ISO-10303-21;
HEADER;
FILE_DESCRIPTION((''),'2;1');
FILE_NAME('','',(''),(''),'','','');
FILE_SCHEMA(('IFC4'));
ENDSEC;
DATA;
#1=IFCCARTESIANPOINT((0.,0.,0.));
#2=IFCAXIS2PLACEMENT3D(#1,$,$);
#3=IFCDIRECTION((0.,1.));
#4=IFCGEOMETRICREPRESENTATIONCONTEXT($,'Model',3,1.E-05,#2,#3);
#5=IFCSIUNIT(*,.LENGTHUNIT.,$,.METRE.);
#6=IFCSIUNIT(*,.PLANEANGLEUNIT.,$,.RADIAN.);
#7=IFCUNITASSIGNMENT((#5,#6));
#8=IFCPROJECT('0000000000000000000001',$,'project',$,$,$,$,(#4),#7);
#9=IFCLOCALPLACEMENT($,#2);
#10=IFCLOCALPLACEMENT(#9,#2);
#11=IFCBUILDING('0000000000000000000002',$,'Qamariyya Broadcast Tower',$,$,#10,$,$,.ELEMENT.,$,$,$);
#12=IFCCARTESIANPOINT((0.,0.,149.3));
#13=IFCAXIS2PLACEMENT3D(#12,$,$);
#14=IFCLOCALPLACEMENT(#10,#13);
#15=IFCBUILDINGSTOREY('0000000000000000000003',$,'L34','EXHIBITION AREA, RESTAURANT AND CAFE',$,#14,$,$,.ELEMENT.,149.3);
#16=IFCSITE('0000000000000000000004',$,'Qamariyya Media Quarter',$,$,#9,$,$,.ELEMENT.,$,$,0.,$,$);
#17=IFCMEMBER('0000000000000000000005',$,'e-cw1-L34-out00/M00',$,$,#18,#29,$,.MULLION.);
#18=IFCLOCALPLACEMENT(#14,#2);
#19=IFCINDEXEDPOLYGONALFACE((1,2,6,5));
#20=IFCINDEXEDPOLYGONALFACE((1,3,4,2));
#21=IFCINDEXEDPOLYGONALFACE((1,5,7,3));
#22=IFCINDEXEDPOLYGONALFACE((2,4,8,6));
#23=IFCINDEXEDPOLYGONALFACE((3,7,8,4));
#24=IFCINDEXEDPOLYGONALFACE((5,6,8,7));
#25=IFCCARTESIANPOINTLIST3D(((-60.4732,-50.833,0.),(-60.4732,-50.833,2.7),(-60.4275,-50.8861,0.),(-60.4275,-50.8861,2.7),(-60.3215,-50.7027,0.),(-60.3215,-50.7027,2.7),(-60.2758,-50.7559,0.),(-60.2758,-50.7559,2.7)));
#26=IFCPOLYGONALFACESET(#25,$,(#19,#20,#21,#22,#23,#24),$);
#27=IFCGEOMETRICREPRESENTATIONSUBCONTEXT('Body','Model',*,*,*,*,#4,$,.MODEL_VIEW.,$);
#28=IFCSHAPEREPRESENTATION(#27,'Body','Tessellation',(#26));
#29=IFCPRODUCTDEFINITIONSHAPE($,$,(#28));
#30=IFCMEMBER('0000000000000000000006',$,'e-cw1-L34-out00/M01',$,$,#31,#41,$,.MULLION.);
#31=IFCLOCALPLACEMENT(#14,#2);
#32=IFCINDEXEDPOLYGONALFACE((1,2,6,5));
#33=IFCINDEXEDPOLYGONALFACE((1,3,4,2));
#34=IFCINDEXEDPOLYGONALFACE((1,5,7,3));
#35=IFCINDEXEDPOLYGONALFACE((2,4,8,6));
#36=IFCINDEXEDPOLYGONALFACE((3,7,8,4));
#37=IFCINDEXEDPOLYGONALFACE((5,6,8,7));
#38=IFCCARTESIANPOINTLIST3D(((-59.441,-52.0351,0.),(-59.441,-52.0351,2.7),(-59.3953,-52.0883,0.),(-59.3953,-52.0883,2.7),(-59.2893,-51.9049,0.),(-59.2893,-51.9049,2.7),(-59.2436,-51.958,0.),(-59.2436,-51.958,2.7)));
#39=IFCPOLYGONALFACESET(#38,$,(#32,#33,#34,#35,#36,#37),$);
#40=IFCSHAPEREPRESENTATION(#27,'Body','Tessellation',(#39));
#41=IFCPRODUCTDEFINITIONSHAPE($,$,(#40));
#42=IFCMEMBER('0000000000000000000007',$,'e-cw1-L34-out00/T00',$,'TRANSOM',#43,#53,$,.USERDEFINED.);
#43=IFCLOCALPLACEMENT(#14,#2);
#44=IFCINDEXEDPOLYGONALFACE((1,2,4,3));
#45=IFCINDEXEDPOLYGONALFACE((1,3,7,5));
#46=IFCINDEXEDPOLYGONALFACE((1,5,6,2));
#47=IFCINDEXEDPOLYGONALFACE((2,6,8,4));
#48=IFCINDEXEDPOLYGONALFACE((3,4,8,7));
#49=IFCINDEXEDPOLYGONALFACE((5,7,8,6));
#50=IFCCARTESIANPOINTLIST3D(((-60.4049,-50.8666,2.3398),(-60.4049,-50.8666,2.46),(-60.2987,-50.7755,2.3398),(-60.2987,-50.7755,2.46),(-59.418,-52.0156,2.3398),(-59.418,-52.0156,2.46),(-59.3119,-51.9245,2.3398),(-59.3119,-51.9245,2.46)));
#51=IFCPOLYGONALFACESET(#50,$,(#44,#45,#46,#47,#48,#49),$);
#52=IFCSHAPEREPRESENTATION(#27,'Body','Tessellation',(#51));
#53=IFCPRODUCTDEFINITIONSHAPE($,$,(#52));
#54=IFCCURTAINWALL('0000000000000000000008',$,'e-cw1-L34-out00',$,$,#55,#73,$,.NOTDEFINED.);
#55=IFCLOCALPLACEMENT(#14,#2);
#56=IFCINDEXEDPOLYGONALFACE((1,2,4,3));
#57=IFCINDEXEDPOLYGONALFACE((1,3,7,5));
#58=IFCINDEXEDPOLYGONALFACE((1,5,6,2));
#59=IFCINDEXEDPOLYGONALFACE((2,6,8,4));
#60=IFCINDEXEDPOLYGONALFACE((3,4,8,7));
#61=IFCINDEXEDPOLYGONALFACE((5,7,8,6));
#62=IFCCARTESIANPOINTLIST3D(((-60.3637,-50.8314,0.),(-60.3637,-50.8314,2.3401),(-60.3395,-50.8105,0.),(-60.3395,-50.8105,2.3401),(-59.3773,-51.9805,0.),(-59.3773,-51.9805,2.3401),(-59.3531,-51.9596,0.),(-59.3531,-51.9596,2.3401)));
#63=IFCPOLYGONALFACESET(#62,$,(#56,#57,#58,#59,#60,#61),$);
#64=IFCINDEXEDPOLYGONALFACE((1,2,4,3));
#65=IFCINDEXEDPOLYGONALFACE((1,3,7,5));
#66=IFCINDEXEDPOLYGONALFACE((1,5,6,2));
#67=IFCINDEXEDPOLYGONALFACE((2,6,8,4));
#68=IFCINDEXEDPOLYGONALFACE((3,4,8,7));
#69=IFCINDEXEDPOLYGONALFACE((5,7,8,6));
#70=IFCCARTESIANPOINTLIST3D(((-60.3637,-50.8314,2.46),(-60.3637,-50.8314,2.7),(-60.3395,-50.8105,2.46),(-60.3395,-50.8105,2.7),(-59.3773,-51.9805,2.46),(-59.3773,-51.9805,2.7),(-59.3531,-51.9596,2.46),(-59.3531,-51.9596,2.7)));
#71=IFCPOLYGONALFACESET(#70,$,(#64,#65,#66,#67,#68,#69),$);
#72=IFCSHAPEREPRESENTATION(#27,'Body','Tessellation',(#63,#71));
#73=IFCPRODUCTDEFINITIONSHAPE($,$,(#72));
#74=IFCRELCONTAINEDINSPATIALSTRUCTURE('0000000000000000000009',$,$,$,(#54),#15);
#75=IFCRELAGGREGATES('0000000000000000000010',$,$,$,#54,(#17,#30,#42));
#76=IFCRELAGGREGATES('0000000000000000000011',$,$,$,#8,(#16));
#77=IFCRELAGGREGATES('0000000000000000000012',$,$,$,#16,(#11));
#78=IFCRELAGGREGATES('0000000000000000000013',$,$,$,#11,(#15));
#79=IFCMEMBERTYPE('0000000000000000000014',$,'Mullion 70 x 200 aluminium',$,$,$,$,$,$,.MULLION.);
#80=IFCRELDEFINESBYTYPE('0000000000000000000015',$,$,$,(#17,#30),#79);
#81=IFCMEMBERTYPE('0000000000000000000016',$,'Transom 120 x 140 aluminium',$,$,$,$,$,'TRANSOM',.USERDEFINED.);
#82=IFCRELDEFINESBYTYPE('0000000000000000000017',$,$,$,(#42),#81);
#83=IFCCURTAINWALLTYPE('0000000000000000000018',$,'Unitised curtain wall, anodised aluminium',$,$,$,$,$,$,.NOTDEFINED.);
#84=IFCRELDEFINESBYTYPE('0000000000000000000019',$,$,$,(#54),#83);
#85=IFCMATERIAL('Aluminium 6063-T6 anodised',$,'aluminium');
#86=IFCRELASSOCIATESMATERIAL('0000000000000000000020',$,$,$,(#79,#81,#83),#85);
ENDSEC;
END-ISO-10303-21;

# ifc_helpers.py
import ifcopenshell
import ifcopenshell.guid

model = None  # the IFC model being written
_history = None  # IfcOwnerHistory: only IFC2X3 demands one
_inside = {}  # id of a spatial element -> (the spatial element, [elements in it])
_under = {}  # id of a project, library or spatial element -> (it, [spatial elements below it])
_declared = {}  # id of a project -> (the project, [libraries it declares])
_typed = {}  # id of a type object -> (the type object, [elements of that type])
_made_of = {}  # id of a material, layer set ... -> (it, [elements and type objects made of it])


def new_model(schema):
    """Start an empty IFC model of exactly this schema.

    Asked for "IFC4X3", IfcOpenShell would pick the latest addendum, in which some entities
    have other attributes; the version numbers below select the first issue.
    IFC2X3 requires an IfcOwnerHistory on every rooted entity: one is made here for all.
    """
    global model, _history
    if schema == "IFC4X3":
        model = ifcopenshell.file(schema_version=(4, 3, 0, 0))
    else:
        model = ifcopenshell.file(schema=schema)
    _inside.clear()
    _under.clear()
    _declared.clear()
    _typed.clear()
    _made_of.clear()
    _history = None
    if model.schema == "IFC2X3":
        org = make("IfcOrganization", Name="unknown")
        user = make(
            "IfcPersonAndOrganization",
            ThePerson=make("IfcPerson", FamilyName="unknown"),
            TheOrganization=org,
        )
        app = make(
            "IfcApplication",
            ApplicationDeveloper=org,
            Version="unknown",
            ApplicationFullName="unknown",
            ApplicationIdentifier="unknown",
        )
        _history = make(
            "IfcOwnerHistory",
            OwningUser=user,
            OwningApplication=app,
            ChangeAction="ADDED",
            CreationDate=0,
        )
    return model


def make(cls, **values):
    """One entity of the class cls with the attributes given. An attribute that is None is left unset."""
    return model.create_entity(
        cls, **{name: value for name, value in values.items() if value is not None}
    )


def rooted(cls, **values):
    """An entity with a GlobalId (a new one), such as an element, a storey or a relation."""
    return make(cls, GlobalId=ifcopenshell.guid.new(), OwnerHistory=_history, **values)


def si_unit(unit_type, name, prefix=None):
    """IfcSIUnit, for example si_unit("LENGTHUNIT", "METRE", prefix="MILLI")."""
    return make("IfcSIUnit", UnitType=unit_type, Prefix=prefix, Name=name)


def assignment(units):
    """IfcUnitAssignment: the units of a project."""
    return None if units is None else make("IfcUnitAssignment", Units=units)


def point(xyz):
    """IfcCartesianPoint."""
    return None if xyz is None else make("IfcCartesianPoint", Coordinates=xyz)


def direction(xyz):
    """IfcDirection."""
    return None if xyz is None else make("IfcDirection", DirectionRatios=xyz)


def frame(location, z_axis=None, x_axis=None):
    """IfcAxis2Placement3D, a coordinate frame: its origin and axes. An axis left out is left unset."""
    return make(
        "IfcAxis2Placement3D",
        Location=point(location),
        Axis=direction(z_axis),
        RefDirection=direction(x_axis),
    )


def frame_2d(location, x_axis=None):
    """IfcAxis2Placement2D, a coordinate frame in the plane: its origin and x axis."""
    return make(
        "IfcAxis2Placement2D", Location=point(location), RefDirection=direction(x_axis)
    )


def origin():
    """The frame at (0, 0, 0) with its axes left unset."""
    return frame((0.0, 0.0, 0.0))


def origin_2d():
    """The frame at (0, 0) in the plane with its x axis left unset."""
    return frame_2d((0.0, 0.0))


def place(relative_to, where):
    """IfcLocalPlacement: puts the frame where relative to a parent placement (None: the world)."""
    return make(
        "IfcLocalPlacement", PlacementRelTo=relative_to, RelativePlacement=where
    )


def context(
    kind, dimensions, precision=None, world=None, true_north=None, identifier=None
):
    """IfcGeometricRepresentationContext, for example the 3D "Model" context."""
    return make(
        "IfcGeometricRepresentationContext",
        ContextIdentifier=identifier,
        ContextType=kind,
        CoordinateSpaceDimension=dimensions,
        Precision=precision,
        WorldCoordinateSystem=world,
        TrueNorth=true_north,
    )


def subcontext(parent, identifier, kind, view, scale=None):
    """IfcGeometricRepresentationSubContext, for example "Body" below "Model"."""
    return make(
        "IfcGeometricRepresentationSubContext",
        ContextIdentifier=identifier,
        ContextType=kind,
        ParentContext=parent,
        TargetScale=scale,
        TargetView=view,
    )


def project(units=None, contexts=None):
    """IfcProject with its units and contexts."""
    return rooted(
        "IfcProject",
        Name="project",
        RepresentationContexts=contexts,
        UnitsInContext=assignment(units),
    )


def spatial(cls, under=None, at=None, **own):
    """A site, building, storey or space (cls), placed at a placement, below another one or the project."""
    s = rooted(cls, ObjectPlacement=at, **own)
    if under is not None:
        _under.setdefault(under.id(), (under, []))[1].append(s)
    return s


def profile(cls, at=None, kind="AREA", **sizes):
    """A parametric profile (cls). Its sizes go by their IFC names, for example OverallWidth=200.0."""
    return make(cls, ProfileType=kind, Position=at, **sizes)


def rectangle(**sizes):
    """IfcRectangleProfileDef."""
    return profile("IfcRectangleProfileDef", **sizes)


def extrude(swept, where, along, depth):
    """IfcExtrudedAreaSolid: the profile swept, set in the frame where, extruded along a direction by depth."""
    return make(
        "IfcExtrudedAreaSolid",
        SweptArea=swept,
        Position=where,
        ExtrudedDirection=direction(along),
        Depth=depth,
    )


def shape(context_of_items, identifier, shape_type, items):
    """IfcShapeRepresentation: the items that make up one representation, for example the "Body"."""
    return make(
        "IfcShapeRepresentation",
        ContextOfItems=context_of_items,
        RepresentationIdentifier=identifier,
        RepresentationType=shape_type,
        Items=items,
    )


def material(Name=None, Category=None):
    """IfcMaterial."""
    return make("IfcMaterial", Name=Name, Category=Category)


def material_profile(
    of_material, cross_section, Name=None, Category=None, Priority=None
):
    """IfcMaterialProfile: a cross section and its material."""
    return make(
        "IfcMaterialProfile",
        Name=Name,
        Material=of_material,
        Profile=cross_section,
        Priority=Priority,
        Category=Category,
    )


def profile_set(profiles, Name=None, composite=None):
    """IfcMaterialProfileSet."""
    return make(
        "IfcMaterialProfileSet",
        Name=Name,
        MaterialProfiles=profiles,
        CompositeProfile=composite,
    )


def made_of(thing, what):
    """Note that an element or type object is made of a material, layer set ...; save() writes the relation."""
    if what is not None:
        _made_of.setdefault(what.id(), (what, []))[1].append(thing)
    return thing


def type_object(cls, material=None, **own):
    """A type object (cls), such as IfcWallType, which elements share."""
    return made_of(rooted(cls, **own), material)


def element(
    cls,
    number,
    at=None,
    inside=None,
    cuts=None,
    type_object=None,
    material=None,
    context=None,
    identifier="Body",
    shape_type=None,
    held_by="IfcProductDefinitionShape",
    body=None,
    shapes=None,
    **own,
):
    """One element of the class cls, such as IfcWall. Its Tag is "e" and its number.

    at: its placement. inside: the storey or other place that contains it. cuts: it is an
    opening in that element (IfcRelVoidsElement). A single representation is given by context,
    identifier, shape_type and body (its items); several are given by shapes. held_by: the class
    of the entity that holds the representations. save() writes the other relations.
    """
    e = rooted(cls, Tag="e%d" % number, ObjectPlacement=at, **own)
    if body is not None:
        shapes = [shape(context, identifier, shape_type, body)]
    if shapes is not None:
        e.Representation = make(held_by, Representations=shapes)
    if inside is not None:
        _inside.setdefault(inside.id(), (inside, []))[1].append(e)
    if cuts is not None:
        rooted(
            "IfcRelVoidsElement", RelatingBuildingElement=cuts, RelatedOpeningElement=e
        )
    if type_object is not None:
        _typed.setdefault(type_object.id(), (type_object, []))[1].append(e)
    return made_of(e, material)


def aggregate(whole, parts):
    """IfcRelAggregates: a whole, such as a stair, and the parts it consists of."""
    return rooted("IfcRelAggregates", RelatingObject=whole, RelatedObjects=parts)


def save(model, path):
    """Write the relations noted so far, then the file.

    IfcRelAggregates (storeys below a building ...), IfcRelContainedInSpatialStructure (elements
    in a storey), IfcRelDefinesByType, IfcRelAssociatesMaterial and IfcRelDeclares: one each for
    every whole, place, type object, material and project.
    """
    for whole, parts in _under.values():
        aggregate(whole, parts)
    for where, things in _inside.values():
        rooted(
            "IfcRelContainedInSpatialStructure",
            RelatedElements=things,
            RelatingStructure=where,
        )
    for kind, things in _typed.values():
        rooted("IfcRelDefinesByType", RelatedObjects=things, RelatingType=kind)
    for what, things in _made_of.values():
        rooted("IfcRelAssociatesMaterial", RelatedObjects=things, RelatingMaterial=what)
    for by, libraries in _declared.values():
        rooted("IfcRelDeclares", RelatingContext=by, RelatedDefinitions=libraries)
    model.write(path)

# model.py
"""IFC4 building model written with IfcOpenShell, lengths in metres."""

from ifc_helpers import new_model, si_unit, direction, frame, origin, origin_2d, place, context, subcontext, project, spatial, rectangle, extrude, material, material_profile, profile_set, type_object, element, aggregate, save


model = new_model("IFC4")

# Units and contexts
model_context = context("Model", 3, precision=1e-05, world=origin(), true_north=direction((0.0, 1.0)))
body_context = subcontext(model_context, "Body", "Model", "MODEL_VIEW")
ifc_project = project(units=[si_unit("LENGTHUNIT", "METRE"), si_unit("PLANEANGLEUNIT", "RADIAN")], contexts=[model_context])

# Members
ifc_material_1 = material(Name="Aluminium 6063-T6 anodised", Category="aluminium")
ifc_material_profile_1 = material_profile(ifc_material_1, rectangle(XDim=0.2, YDim=0.0701, at=origin_2d()))
ifc_profile_set_1 = profile_set([ifc_material_profile_1], Name="Aluminium 6063-T6 anodised")
member_type_1 = type_object("IfcMemberType", Name="Mullion 70 x 200 aluminium", PredefinedType="MULLION", material=ifc_profile_set_1)
site_placement = place(None, origin())
building_placement = place(site_placement, origin())
storey_placement = place(building_placement, frame((0.0, 0.0, 149.3)))
member_1_placement = place(storey_placement, frame((-60.3745, -50.7944, 0.0), z_axis=(0.0, 0.0, 1.0), x_axis=(0.758703, 0.651437, 0.0)))
member_1 = element("IfcMember", 1, at=member_1_placement, type_object=member_type_1, Name="e-cw1-L34-out00/M00", PredefinedType="MULLION", context=body_context, shape_type="SweptSolid", body=[
    extrude(rectangle(XDim=0.2, YDim=0.0701, at=origin_2d()), origin(), (0.0, 0.0, 1.0), 2.7),
])
member_2_placement = place(storey_placement, frame((-59.3423, -51.9966, 0.0), z_axis=(0.0, 0.0, 1.0), x_axis=(0.758703, 0.651437, 0.0)))
member_2 = element("IfcMember", 2, at=member_2_placement, type_object=member_type_1, Name="e-cw1-L34-out00/M01", PredefinedType="MULLION", context=body_context, shape_type="SweptSolid", body=[
    extrude(rectangle(XDim=0.2, YDim=0.0701, at=origin_2d()), origin(), (0.0, 0.0, 1.0), 2.7),
])
ifc_material_profile_2 = material_profile(ifc_material_1, rectangle(XDim=0.1399, YDim=0.1201, at=origin_2d()))
ifc_profile_set_2 = profile_set([ifc_material_profile_2], Name="Aluminium 6063-T6 anodised")
member_type_2 = type_object("IfcMemberType", Name="Transom 120 x 140 aluminium", ElementType="TRANSOM", PredefinedType="USERDEFINED", material=ifc_profile_set_2)
member_3_placement = place(storey_placement, frame((-60.3518, -50.821, 2.3999), z_axis=(0.651561, -0.758596, 0.0), x_axis=(0.758596, 0.651561, 0.0)))
member_3 = element("IfcMember", 3, at=member_3_placement, type_object=member_type_2, Name="e-cw1-L34-out00/T00", ObjectType="TRANSOM", PredefinedType="USERDEFINED", context=body_context, shape_type="SweptSolid", body=[
    extrude(rectangle(XDim=0.1399, YDim=0.1201, at=origin_2d()), origin(), (0.0, 0.0, 1.0), 1.5146),
])

# Site, building, storey
site = spatial("IfcSite", under=ifc_project, at=site_placement, Name="Qamariyya Media Quarter", CompositionType="ELEMENT", RefElevation=0.0)
building = spatial("IfcBuilding", under=site, at=building_placement, Name="Qamariyya Broadcast Tower", CompositionType="ELEMENT")
storey = spatial("IfcBuildingStorey", under=building, at=storey_placement, Name="L34", Description="EXHIBITION AREA, RESTAURANT AND CAFE", CompositionType="ELEMENT", Elevation=149.3)

# Curtain wall
curtain_wall_type = type_object("IfcCurtainWallType", Name="Unitised curtain wall, anodised aluminium", PredefinedType="NOTDEFINED", material=ifc_material_1)
curtain_wall_1_placement = place(storey_placement, origin())
curtain_wall_1 = element("IfcCurtainWall", 4, at=curtain_wall_1_placement, inside=storey, type_object=curtain_wall_type, Name="e-cw1-L34-out00", PredefinedType="NOTDEFINED", context=body_context, shape_type="SweptSolid", body=[
    extrude(rectangle(XDim=1.5144, YDim=0.032, at=origin_2d()), frame((-59.8584, -51.3955, 0.0), x_axis=(0.65135, -0.758777, 0.0)), (0.0, 0.0, 1.0), 2.3401),
    extrude(rectangle(XDim=1.5144, YDim=0.032, at=origin_2d()), frame((-59.8584, -51.3955, 2.46), x_axis=(0.65135, -0.758777, 0.0)), (0.0, 0.0, 1.0), 0.24),
])
aggregate(curtain_wall_1, [member_1, member_2, member_3])

save(model, "model.ifc")
